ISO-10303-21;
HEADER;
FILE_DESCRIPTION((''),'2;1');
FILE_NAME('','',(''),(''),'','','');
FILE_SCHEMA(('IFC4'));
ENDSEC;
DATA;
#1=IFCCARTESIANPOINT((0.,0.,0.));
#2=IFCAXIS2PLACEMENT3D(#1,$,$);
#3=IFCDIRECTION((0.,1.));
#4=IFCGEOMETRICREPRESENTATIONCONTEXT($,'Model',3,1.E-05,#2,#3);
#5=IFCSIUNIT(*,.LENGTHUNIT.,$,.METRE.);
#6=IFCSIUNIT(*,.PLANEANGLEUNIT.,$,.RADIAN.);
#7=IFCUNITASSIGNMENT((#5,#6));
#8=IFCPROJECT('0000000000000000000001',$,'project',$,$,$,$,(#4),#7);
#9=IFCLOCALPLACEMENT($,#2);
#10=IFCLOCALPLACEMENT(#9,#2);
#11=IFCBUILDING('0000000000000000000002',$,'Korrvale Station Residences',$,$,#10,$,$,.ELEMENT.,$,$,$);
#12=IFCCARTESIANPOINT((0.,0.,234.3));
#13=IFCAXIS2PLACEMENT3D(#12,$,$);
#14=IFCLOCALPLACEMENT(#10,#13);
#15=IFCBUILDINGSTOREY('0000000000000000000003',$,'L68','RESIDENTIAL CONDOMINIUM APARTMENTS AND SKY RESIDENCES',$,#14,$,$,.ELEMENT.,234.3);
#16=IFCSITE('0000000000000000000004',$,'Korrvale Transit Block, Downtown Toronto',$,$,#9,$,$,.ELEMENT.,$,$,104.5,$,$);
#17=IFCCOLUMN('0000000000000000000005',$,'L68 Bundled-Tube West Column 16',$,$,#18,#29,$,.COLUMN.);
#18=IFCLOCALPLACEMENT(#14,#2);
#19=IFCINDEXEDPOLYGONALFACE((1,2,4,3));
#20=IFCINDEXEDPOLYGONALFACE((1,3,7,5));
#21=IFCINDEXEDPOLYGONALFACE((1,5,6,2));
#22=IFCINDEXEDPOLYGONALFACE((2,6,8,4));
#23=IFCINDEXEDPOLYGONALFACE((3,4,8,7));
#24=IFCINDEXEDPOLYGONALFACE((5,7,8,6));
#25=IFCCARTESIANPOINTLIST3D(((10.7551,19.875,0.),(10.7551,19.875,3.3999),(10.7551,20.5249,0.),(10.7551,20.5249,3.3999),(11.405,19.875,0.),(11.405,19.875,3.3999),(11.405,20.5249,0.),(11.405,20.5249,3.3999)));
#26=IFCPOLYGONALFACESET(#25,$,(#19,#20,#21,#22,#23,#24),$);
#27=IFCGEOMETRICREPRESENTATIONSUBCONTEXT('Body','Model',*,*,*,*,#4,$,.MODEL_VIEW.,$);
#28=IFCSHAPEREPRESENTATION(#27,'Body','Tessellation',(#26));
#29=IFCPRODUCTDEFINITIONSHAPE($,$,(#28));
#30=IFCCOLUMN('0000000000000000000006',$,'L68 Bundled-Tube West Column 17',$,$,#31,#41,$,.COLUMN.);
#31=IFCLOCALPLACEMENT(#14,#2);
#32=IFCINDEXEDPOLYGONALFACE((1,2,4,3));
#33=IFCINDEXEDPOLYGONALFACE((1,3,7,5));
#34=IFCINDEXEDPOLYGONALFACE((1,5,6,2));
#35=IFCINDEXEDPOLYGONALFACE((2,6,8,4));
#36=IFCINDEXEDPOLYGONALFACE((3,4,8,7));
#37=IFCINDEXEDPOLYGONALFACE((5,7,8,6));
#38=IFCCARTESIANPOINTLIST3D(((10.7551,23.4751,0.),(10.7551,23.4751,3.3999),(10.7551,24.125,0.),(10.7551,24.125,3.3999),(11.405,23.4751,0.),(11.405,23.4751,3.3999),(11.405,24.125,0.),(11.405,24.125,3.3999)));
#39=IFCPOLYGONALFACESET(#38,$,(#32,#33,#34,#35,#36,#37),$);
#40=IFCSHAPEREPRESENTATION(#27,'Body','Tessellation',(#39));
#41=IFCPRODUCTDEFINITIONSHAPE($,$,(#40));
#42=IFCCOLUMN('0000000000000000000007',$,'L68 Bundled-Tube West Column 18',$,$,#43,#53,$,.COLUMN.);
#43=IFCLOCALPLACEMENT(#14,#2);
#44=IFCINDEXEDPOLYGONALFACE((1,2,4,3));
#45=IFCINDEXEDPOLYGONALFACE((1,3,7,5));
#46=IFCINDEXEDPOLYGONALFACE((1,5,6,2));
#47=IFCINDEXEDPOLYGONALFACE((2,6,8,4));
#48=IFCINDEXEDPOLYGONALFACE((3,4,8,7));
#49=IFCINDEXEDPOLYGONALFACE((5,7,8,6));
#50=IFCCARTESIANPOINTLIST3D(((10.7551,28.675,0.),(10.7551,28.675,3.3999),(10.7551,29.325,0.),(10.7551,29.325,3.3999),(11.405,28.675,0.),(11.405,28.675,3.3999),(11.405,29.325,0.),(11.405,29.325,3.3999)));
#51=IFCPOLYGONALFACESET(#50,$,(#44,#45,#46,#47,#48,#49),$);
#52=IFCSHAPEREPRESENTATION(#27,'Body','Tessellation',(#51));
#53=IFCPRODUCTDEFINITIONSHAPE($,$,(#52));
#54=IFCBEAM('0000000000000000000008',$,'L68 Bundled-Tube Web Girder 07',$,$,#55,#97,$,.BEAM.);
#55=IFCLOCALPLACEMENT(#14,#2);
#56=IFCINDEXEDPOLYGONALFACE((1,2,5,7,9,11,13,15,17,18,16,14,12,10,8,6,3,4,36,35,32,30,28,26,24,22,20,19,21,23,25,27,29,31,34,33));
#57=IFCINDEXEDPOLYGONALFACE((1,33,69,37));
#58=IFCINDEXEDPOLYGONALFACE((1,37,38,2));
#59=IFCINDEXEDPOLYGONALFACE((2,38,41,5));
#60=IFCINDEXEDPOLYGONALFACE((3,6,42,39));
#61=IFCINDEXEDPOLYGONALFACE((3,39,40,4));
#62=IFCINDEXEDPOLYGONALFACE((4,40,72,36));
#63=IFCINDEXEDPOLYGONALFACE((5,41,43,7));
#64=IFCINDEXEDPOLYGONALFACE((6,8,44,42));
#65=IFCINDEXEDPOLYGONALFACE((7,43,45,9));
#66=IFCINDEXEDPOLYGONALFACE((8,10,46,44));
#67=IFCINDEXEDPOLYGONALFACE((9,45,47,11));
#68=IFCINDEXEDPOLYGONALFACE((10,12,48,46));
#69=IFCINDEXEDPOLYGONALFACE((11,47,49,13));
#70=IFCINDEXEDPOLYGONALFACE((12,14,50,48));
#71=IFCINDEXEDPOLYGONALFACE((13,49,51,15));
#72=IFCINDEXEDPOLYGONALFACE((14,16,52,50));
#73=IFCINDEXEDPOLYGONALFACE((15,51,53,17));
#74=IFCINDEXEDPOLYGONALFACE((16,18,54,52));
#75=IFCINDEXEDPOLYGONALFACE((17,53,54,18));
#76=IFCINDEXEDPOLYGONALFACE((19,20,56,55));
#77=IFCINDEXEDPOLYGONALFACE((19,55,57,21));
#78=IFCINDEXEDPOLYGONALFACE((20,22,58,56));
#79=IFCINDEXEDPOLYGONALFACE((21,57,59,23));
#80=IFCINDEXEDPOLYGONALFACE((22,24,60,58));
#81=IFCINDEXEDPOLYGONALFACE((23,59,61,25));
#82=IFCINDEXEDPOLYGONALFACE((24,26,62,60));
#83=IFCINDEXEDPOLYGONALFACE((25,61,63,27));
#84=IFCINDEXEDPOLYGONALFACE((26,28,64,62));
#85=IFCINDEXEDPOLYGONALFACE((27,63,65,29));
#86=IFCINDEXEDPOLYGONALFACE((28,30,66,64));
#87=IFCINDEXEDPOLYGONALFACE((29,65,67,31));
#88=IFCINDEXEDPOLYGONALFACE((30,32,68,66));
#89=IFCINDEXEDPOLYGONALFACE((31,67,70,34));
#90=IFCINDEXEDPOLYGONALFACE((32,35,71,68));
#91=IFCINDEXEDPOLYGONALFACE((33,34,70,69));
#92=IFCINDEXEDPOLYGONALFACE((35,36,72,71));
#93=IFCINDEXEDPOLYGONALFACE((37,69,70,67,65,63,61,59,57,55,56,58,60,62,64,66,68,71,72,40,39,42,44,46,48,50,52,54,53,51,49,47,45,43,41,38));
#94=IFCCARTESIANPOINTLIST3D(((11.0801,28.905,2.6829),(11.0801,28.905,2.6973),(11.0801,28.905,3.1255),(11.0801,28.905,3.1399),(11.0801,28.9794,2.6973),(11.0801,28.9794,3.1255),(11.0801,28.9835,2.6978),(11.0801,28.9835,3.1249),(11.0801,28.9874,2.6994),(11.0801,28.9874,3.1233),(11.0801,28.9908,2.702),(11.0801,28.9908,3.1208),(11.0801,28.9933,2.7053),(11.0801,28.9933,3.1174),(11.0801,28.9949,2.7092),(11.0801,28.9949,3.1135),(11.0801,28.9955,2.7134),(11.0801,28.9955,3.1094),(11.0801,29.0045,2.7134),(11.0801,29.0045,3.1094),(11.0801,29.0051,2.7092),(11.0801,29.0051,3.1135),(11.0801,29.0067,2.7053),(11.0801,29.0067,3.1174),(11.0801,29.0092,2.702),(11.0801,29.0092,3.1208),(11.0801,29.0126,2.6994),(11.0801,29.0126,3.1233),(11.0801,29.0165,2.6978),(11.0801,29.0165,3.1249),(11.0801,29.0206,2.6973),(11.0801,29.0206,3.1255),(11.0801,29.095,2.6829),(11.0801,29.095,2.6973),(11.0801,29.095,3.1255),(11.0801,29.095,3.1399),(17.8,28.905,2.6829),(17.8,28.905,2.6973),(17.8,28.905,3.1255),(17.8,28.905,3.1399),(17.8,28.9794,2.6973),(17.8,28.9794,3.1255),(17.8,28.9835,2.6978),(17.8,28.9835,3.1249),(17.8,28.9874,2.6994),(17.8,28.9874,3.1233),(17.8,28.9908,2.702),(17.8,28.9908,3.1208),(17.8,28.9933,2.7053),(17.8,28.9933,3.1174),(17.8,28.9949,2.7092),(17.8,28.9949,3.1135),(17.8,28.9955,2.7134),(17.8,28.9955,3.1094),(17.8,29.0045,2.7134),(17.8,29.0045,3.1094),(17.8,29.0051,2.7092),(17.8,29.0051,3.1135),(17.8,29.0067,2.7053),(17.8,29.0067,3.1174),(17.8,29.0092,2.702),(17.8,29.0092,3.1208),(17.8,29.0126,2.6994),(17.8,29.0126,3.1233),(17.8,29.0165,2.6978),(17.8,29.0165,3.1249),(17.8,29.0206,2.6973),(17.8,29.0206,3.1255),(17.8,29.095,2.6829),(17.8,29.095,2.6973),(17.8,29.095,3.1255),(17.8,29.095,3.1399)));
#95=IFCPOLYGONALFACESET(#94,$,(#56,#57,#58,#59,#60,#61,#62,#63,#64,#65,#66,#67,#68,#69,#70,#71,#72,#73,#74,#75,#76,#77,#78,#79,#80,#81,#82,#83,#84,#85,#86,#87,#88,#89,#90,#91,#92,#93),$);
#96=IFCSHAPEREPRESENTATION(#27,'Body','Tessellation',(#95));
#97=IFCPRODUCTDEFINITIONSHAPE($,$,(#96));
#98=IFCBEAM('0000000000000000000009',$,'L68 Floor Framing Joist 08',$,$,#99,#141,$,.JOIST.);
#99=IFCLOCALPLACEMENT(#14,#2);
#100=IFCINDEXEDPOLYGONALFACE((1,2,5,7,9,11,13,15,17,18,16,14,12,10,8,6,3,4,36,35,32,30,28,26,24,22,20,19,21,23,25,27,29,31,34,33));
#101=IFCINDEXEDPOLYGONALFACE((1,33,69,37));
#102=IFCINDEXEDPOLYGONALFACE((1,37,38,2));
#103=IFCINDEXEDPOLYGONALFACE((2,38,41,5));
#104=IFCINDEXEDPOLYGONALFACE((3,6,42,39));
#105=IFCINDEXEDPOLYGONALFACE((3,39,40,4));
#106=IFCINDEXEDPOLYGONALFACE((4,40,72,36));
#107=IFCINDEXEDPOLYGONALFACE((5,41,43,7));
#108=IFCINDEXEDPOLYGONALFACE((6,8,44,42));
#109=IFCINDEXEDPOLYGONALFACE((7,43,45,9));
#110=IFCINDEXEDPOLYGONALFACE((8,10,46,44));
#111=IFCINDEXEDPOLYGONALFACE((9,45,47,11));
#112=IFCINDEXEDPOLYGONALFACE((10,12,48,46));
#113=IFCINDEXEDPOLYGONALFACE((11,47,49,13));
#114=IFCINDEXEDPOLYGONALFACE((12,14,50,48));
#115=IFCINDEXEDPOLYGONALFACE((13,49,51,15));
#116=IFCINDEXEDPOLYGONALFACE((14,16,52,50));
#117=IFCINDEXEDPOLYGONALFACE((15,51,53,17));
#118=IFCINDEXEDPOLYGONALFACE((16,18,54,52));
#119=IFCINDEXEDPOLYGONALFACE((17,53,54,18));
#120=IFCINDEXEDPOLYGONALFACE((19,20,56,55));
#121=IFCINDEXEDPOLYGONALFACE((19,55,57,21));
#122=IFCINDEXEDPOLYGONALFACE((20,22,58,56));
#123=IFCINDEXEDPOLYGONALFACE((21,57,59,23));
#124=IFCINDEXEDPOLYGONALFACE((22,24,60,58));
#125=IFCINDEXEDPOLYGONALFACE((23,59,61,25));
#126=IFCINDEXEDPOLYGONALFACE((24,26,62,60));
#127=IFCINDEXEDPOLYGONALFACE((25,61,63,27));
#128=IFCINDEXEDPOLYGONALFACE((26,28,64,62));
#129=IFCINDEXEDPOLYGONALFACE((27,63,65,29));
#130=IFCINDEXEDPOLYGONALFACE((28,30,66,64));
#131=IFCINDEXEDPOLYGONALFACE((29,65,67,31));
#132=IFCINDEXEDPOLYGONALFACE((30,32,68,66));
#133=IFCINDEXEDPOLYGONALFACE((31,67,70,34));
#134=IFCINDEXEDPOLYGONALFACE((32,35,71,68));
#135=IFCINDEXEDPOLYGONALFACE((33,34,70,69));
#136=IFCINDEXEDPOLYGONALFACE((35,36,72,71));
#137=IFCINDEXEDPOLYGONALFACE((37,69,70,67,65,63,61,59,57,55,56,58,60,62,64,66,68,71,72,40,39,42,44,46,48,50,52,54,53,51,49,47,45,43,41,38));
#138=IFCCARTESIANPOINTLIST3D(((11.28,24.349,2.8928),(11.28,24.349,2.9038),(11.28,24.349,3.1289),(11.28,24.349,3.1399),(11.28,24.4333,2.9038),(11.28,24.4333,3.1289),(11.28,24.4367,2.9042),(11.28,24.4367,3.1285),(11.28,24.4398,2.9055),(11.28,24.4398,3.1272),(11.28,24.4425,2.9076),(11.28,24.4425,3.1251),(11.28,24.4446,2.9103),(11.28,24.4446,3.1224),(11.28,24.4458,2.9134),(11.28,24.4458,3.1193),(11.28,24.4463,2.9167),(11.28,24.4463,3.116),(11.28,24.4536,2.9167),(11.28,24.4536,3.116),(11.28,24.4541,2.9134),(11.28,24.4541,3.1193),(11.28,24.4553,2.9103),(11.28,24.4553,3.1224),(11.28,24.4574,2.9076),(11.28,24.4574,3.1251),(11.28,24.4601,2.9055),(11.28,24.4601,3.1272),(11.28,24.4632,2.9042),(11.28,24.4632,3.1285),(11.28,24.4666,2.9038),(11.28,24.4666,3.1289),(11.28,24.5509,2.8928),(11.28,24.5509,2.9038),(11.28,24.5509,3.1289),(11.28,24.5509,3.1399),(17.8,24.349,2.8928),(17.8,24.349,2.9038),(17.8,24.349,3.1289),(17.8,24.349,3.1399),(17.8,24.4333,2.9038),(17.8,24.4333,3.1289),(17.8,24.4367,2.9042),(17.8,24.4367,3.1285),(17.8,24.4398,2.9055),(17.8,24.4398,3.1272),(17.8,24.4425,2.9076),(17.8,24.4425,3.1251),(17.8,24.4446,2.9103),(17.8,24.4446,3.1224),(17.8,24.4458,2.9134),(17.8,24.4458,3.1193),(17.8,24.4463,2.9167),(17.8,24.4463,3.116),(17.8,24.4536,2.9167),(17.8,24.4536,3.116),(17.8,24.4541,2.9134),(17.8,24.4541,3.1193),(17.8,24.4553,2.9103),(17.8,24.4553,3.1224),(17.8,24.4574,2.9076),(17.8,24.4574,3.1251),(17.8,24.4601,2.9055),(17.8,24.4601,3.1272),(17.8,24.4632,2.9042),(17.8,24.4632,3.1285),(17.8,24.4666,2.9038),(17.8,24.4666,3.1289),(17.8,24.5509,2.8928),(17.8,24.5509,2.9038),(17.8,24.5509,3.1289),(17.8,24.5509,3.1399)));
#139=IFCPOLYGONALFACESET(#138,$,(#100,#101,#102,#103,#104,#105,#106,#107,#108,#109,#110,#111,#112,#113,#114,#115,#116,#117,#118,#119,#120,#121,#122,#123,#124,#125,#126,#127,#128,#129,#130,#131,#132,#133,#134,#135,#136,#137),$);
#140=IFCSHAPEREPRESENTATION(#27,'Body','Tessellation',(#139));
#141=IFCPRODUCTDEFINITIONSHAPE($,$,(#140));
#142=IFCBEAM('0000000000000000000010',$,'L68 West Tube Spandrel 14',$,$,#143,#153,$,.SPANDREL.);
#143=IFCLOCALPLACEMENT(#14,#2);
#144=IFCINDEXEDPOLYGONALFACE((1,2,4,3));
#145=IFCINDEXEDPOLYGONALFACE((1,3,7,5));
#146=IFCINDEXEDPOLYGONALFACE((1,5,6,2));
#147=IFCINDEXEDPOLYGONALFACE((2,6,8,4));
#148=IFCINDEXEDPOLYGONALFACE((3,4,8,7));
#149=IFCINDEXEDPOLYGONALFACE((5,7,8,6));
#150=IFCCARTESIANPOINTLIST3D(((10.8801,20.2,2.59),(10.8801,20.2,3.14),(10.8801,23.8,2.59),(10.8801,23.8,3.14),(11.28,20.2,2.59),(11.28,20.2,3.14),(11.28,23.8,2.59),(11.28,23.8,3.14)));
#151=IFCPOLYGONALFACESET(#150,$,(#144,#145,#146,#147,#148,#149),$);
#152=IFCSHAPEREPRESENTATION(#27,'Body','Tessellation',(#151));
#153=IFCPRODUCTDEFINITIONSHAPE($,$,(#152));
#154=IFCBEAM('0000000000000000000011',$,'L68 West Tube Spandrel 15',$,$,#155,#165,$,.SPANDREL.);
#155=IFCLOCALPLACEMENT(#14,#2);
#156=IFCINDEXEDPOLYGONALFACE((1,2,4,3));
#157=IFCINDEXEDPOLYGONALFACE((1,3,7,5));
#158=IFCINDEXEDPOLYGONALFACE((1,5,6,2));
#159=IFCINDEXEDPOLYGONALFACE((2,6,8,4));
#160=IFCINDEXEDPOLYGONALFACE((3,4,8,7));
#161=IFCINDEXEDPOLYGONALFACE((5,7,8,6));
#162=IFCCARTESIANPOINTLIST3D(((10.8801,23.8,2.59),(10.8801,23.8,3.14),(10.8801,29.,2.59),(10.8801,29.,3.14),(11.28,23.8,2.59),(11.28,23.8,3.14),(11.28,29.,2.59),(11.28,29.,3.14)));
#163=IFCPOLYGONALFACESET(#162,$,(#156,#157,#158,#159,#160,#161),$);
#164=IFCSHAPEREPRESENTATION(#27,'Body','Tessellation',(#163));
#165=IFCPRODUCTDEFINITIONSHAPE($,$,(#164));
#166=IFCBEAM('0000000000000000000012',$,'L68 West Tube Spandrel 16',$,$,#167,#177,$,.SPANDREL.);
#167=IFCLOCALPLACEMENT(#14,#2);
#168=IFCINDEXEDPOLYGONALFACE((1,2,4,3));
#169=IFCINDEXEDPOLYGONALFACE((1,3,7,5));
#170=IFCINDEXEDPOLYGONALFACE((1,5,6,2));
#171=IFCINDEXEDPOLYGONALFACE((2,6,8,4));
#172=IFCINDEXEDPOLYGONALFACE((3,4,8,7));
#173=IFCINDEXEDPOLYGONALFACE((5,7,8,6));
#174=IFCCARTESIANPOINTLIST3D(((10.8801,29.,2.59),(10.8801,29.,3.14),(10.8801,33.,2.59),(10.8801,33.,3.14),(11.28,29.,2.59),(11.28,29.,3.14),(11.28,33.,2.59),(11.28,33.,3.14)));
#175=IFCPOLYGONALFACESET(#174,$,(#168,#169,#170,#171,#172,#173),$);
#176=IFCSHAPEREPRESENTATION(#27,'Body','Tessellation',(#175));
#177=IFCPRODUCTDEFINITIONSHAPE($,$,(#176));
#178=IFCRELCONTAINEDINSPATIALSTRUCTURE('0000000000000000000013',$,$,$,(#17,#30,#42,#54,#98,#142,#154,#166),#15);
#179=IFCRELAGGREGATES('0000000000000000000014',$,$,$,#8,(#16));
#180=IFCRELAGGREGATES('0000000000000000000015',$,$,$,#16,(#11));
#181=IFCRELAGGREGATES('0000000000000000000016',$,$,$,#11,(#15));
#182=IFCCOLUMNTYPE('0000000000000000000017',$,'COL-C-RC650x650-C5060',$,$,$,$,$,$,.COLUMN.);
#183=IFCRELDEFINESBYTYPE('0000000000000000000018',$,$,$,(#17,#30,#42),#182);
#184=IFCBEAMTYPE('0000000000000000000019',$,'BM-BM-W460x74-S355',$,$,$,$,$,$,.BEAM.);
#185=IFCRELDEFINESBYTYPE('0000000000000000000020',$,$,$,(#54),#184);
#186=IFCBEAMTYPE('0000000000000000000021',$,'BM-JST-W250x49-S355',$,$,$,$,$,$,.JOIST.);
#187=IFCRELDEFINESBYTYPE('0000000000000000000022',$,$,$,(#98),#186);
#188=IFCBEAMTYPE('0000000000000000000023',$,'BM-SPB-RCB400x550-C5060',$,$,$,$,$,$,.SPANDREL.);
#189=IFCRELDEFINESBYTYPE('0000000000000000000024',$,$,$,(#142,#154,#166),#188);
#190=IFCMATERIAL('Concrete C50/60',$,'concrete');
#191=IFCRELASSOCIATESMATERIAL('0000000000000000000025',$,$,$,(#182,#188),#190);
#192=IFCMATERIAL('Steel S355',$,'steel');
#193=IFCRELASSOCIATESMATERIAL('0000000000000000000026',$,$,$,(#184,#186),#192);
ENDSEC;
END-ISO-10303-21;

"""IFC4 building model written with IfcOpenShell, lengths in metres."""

from ifc_helpers import new_model, si_unit, direction, frame, origin, origin_2d, place, context, subcontext, project, spatial, rectangle, i_section, extrude, material, material_profile, profile_set, type_object, element, save


model = new_model("IFC4")

# Units and contexts
model_context = context("Model", 3, precision=1e-05, world=origin(), true_north=direction((0.0, 1.0)))
body_context = subcontext(model_context, "Body", "Model", "MODEL_VIEW")
ifc_project = project(units=[si_unit("LENGTHUNIT", "METRE"), si_unit("PLANEANGLEUNIT", "RADIAN")], contexts=[model_context])

# Site, building, storey
site_placement = place(None, origin())
site = spatial("IfcSite", under=ifc_project, at=site_placement, Name="Korrvale Transit Block, Downtown Toronto", CompositionType="ELEMENT", RefElevation=104.5)
building_placement = place(site_placement, origin())
building = spatial("IfcBuilding", under=site, at=building_placement, Name="Korrvale Station Residences", CompositionType="ELEMENT")
storey_placement = place(building_placement, frame((0.0, 0.0, 234.3)))
storey = spatial("IfcBuildingStorey", under=building, at=storey_placement, Name="L68", Description="RESIDENTIAL CONDOMINIUM APARTMENTS AND SKY RESIDENCES", CompositionType="ELEMENT", Elevation=234.3)

# Columns
ifc_material_1 = material(Name="Concrete C50/60", Category="concrete")
ifc_material_profile_1 = material_profile(ifc_material_1, rectangle(XDim=0.6499, YDim=0.6499, at=origin_2d()), Name="RC650x650")
ifc_profile_set_1 = profile_set([ifc_material_profile_1], Name="Concrete C50/60")
column_type = type_object("IfcColumnType", Name="COL-C-RC650x650-C5060", PredefinedType="COLUMN", material=ifc_profile_set_1)
for number, where, z_axis, x_axis, name in (
    (1, (11.0801, 20.2, 0.0), (0.0, 0.0, 1.0), (1.0, 0.0, 0.0), "L68 Bundled-Tube West Column 16"),
    (2, (11.0801, 23.8, 0.0), (0.0, 0.0, 1.0), (1.0, 0.0, 0.0), "L68 Bundled-Tube West Column 17"),
    (3, (11.0801, 29.0, 0.0), (0.0, 0.0, 1.0), (1.0, 0.0, 0.0), "L68 Bundled-Tube West Column 18"),
):
    element("IfcColumn", number, at=place(storey_placement, frame(where, z_axis=z_axis, x_axis=x_axis)), inside=storey, type_object=column_type, Name=name, PredefinedType="COLUMN", context=body_context, shape_type="SweptSolid", body=[
        extrude(rectangle(XDim=0.6499, YDim=0.6499, at=origin_2d()), origin(), (0.0, 0.0, 1.0), 3.3999),
    ])

# Beams
ifc_material_2 = material(Name="Steel S355", Category="steel")
ifc_material_profile_2 = material_profile(ifc_material_2, i_section(OverallWidth=0.1899, OverallDepth=0.457, WebThickness=0.009, FlangeThickness=0.0144, FilletRadius=0.0161, at=origin_2d()), Name="W460x74")
ifc_profile_set_2 = profile_set([ifc_material_profile_2], Name="Steel S355")
beam_type_1 = type_object("IfcBeamType", Name="BM-BM-W460x74-S355", PredefinedType="BEAM", material=ifc_profile_set_2)
beam_1_placement = place(storey_placement, frame((11.0801, 29.0, 2.9114), z_axis=(1.0, 0.0, 0.0), x_axis=(0.0, 1.0, 0.0)))
element("IfcBeam", 4, at=beam_1_placement, inside=storey, type_object=beam_type_1, Name="L68 Bundled-Tube Web Girder 07", PredefinedType="BEAM", context=body_context, shape_type="SweptSolid", body=[
    extrude(i_section(OverallWidth=0.1899, OverallDepth=0.457, WebThickness=0.009, FlangeThickness=0.0144, FilletRadius=0.0161, at=origin_2d()), origin(), (0.0, 0.0, 1.0), 6.72),
])
ifc_material_profile_3 = material_profile(ifc_material_2, i_section(OverallWidth=0.2019, OverallDepth=0.2471, WebThickness=0.0073, FlangeThickness=0.011, FilletRadius=0.0129, at=origin_2d()), Name="W250x49")
ifc_profile_set_3 = profile_set([ifc_material_profile_3], Name="Steel S355")
beam_type_2 = type_object("IfcBeamType", Name="BM-JST-W250x49-S355", PredefinedType="JOIST", material=ifc_profile_set_3)
beam_2_placement = place(storey_placement, frame((11.28, 24.45, 3.0164), z_axis=(1.0, 0.0, 0.0), x_axis=(0.0, 1.0, 0.0)))
element("IfcBeam", 5, at=beam_2_placement, inside=storey, type_object=beam_type_2, Name="L68 Floor Framing Joist 08", PredefinedType="JOIST", context=body_context, shape_type="SweptSolid", body=[
    extrude(i_section(OverallWidth=0.2019, OverallDepth=0.2471, WebThickness=0.0073, FlangeThickness=0.011, FilletRadius=0.0129, at=origin_2d()), origin(), (0.0, 0.0, 1.0), 6.52),
])
ifc_material_profile_4 = material_profile(ifc_material_1, rectangle(XDim=0.3999, YDim=0.55, at=origin_2d()), Name="RCB400x550")
ifc_profile_set_4 = profile_set([ifc_material_profile_4], Name="Concrete C50/60")
beam_type_3 = type_object("IfcBeamType", Name="BM-SPB-RCB400x550-C5060", PredefinedType="SPANDREL", material=ifc_profile_set_4)
beam_3_placement = place(storey_placement, frame((11.0801, 20.2, 2.865), z_axis=(0.0, 1.0, 0.0), x_axis=(-1.0, 0.0, 0.0)))
element("IfcBeam", 6, at=beam_3_placement, inside=storey, type_object=beam_type_3, Name="L68 West Tube Spandrel 14", PredefinedType="SPANDREL", context=body_context, shape_type="SweptSolid", body=[
    extrude(rectangle(XDim=0.3999, YDim=0.55, at=origin_2d()), origin(), (0.0, 0.0, 1.0), 3.6001),
])
beam_4_placement = place(storey_placement, frame((11.0801, 23.8, 2.865), z_axis=(0.0, 1.0, 0.0), x_axis=(-1.0, 0.0, 0.0)))
element("IfcBeam", 7, at=beam_4_placement, inside=storey, type_object=beam_type_3, Name="L68 West Tube Spandrel 15", PredefinedType="SPANDREL", context=body_context, shape_type="SweptSolid", body=[
    extrude(rectangle(XDim=0.3999, YDim=0.55, at=origin_2d()), origin(), (0.0, 0.0, 1.0), 5.2),
])
beam_5_placement = place(storey_placement, frame((11.0801, 29.0, 2.865), z_axis=(0.0, 1.0, 0.0), x_axis=(-1.0, 0.0, 0.0)))
element("IfcBeam", 8, at=beam_5_placement, inside=storey, type_object=beam_type_3, Name="L68 West Tube Spandrel 16", PredefinedType="SPANDREL", context=body_context, shape_type="SweptSolid", body=[
    extrude(rectangle(XDim=0.3999, YDim=0.55, at=origin_2d()), origin(), (0.0, 0.0, 1.0), 4.0),
])

save(model, "model.ifc")
